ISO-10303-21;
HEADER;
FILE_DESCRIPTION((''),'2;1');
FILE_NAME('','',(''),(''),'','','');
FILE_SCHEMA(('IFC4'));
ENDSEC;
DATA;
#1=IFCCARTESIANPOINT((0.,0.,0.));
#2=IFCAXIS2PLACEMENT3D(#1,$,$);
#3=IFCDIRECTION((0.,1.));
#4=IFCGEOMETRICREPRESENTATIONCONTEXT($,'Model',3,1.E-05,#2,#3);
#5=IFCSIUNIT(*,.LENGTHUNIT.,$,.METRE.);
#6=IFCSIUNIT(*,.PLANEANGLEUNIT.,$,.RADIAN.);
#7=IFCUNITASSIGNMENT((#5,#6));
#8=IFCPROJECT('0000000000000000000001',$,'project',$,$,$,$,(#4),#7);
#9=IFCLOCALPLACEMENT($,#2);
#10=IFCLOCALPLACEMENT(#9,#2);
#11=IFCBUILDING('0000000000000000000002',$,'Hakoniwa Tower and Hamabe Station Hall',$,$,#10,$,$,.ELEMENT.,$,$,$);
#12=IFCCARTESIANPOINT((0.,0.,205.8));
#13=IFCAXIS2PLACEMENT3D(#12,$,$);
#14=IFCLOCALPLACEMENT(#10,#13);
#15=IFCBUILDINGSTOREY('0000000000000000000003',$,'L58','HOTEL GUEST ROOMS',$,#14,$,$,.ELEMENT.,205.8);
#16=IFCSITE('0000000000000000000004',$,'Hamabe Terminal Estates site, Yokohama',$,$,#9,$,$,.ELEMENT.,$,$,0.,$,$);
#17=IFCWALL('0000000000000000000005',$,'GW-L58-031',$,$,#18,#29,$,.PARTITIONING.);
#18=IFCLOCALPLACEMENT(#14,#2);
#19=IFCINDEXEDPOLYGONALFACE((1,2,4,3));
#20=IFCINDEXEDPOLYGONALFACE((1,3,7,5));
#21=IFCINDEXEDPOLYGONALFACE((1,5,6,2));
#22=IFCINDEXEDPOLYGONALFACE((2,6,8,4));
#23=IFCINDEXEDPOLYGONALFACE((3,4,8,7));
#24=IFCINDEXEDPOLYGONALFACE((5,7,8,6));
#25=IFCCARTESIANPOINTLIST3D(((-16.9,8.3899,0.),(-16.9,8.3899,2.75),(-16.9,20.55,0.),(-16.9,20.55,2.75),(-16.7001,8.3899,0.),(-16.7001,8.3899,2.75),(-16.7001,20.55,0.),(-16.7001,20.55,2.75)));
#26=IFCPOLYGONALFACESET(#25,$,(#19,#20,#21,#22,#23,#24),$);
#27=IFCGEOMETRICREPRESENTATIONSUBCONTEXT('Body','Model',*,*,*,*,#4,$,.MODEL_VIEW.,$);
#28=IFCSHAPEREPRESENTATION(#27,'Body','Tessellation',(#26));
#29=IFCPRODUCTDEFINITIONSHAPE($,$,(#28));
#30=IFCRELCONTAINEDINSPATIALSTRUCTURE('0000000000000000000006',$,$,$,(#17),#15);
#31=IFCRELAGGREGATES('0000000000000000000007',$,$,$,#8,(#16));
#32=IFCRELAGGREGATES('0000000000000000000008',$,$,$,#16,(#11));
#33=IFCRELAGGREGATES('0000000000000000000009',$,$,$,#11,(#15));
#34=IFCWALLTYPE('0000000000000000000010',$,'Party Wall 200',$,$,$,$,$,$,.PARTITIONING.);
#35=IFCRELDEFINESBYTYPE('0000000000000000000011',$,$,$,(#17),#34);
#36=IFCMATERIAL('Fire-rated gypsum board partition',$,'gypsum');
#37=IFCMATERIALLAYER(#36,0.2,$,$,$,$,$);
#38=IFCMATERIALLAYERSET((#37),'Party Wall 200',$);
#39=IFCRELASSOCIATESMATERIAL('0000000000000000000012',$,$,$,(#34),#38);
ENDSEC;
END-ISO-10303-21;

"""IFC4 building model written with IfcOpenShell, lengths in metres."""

from ifc_helpers import new_model, si_unit, direction, frame, frame_2d, origin, place, context, subcontext, project, spatial, rectangle, extrude, material, layer, layer_set, type_object, element, save


model = new_model("IFC4")

# Units and contexts
model_context = context("Model", 3, precision=1e-05, world=origin(), true_north=direction((0.0, 1.0)))
body_context = subcontext(model_context, "Body", "Model", "MODEL_VIEW")
ifc_project = project(units=[si_unit("LENGTHUNIT", "METRE"), si_unit("PLANEANGLEUNIT", "RADIAN")], contexts=[model_context])

# Site, building, storey
site_placement = place(None, origin())
site = spatial("IfcSite", under=ifc_project, at=site_placement, Name="Hamabe Terminal Estates site, Yokohama", CompositionType="ELEMENT", RefElevation=0.0)
building_placement = place(site_placement, origin())
building = spatial("IfcBuilding", under=site, at=building_placement, Name="Hakoniwa Tower and Hamabe Station Hall", CompositionType="ELEMENT")
storey_placement = place(building_placement, frame((0.0, 0.0, 205.8)))
storey = spatial("IfcBuildingStorey", under=building, at=storey_placement, Name="L58", Description="HOTEL GUEST ROOMS", CompositionType="ELEMENT", Elevation=205.8)

# Wall
ifc_material_1 = material(Name="Fire-rated gypsum board partition", Category="gypsum")
ifc_layer_1 = layer(ifc_material_1, 0.2)
ifc_layer_set_1 = layer_set([ifc_layer_1], Name="Party Wall 200")
wall_type_1 = type_object("IfcWallType", Name="Party Wall 200", PredefinedType="PARTITIONING", material=ifc_layer_set_1)
wall_1_placement = place(storey_placement, frame((-16.8, 8.3899, 0.0), z_axis=(0.0, 0.0, 1.0), x_axis=(0.0, 1.0, 0.0)))
element("IfcWall", 1, at=wall_1_placement, inside=storey, type_object=wall_type_1, Name="GW-L58-031", PredefinedType="PARTITIONING", context=body_context, shape_type="SweptSolid", body=[
    extrude(rectangle(XDim=12.1602, YDim=0.2, at=frame_2d((6.0801, 0.0))), origin(), (0.0, 0.0, 1.0), 2.75),
])

save(model, "model.ifc")
